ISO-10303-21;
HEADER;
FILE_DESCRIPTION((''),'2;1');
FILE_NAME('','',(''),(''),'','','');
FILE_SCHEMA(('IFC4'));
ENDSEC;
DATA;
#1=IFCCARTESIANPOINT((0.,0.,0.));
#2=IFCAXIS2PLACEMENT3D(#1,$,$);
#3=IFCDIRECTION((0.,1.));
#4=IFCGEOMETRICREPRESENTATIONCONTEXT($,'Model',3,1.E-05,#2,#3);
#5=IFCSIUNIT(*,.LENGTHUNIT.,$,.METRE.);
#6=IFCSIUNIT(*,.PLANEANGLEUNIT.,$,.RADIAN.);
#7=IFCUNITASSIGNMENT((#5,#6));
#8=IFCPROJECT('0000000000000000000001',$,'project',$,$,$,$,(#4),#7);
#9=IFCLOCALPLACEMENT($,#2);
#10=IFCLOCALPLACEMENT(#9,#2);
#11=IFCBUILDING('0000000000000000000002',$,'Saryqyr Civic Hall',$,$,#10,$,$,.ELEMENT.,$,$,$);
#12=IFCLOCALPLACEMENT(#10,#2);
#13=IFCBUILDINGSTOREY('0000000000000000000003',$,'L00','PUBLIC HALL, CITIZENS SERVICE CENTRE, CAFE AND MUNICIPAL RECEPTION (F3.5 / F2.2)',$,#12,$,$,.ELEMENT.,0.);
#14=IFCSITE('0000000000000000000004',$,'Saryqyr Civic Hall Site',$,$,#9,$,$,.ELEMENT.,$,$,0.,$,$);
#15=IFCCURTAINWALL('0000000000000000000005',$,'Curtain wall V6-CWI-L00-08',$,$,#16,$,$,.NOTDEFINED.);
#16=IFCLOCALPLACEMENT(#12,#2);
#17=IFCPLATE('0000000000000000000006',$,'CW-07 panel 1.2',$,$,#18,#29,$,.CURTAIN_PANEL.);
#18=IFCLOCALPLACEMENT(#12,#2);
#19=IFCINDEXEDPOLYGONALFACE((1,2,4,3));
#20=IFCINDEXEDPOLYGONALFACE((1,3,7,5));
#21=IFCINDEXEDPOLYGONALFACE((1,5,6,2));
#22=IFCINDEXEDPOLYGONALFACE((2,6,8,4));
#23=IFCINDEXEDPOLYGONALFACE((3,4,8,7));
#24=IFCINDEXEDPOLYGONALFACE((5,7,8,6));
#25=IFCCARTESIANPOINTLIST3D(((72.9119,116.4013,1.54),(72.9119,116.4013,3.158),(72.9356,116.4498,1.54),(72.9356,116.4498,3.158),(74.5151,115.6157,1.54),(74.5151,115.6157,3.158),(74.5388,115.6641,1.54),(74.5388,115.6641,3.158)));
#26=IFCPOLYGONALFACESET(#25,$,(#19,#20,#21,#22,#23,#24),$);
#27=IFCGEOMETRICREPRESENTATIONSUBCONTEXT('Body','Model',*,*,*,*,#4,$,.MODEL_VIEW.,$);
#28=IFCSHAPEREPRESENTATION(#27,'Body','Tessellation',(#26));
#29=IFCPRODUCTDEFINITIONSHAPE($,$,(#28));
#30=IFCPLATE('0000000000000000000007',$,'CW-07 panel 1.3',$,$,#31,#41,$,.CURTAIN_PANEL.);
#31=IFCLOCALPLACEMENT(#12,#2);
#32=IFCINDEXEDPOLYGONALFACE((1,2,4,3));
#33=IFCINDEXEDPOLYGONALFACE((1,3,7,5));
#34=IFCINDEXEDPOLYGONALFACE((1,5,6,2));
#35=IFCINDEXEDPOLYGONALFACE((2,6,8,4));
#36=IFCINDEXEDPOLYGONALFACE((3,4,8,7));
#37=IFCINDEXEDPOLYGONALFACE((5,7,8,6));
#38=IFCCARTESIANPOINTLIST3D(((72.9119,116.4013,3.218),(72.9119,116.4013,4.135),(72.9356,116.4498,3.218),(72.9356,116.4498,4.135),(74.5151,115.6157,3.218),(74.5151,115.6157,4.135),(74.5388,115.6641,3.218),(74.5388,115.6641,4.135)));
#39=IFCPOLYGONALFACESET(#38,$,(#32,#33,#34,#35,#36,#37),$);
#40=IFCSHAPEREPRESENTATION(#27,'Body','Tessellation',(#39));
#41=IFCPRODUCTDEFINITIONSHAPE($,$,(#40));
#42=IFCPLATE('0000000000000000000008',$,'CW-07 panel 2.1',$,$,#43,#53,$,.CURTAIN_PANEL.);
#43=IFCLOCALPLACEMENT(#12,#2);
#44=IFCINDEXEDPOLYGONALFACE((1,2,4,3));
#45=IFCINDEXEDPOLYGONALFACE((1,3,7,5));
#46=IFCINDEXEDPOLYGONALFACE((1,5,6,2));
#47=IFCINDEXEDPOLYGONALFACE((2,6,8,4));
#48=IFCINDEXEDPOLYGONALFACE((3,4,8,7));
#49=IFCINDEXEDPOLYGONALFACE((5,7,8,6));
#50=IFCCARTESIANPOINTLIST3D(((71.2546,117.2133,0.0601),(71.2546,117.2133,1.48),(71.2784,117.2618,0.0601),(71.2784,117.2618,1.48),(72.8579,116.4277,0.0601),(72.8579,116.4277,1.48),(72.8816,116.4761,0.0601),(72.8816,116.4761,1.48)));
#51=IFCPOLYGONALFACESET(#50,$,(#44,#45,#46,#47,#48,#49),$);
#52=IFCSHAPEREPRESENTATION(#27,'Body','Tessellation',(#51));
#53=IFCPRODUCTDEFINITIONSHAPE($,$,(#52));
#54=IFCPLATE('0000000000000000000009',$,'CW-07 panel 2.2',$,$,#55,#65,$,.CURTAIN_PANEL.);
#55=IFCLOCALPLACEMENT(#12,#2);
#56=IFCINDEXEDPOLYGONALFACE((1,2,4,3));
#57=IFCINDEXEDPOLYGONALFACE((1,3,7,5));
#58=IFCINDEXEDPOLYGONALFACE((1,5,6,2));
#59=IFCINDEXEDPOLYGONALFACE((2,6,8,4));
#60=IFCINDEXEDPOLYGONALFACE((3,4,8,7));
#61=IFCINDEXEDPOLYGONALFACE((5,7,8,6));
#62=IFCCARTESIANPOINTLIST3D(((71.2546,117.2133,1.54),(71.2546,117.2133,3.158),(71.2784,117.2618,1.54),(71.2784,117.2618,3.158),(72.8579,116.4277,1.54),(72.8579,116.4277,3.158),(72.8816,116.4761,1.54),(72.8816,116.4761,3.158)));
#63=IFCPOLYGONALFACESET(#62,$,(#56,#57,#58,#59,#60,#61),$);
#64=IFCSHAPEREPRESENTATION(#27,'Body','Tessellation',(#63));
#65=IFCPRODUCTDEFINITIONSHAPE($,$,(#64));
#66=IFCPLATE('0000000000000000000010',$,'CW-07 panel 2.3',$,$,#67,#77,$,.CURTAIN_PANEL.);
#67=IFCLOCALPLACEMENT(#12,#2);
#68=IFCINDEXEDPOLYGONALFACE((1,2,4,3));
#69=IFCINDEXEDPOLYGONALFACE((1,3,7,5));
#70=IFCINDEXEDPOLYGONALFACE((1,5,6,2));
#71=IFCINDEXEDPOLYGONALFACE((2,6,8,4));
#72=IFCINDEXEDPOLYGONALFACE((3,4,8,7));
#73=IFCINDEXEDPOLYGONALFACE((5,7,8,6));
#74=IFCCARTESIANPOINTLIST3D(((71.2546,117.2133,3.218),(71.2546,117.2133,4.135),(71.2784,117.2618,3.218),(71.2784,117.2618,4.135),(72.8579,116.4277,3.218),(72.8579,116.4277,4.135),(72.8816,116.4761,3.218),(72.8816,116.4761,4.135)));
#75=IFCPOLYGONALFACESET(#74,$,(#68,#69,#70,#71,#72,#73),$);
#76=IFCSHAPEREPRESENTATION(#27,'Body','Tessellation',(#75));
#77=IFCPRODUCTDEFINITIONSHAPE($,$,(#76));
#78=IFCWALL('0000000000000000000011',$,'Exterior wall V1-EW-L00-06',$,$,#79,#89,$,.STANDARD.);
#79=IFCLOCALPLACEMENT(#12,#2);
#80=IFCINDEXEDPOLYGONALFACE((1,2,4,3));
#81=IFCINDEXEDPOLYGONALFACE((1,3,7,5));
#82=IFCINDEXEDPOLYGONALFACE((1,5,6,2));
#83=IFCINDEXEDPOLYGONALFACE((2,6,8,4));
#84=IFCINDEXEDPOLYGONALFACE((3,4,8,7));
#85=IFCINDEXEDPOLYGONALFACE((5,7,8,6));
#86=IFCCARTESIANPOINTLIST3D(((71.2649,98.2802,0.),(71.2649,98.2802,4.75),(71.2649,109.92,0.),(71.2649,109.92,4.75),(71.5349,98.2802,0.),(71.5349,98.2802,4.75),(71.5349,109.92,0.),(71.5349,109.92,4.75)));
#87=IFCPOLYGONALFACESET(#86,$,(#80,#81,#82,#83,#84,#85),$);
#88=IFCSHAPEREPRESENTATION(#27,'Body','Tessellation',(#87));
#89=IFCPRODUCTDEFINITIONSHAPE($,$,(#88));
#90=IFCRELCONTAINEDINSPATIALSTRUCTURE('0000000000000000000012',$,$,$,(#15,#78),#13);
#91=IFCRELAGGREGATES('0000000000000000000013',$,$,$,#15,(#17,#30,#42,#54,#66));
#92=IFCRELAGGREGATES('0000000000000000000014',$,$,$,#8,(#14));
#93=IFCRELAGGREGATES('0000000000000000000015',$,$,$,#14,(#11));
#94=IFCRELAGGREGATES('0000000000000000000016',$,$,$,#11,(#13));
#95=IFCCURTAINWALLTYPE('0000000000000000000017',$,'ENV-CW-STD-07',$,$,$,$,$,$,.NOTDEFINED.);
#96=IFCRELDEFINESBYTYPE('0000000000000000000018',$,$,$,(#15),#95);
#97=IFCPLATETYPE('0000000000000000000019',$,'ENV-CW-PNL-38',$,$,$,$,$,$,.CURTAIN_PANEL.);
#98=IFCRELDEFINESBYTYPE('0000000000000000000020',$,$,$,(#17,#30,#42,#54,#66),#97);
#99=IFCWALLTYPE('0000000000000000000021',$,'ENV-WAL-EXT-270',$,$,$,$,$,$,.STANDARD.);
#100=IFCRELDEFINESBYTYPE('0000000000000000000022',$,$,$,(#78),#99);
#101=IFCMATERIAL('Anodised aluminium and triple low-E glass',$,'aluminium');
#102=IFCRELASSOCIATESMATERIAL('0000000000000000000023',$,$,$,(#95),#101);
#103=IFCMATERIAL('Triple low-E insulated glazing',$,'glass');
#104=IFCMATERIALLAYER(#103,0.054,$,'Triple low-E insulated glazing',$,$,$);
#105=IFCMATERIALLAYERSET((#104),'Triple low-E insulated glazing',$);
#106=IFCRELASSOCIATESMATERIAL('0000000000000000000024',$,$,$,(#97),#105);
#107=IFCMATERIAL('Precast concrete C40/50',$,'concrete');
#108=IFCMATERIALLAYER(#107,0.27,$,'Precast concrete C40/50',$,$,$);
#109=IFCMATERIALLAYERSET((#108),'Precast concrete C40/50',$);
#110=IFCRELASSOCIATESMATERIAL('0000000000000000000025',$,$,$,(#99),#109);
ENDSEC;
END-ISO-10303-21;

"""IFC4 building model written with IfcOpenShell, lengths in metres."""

from ifc_helpers import new_model, si_unit, direction, frame, frame_2d, origin, origin_2d, place, context, subcontext, project, spatial, rectangle, extrude, material, layer, layer_set, type_object, element, aggregate, save


model = new_model("IFC4")

# Units and contexts
model_context = context("Model", 3, precision=1e-05, world=origin(), true_north=direction((0.0, 1.0)))
body_context = subcontext(model_context, "Body", "Model", "MODEL_VIEW")
ifc_project = project(units=[si_unit("LENGTHUNIT", "METRE"), si_unit("PLANEANGLEUNIT", "RADIAN")], contexts=[model_context])

# Site, building, storey
site_placement = place(None, origin())
site = spatial("IfcSite", under=ifc_project, at=site_placement, Name="Saryqyr Civic Hall Site", CompositionType="ELEMENT", RefElevation=0.0)
building_placement = place(site_placement, origin())
building = spatial("IfcBuilding", under=site, at=building_placement, Name="Saryqyr Civic Hall", CompositionType="ELEMENT")
storey_placement = place(building_placement, origin())
storey = spatial("IfcBuildingStorey", under=building, at=storey_placement, Name="L00", Description="PUBLIC HALL, CITIZENS SERVICE CENTRE, CAFE AND MUNICIPAL RECEPTION (F3.5 / F2.2)", CompositionType="ELEMENT", Elevation=0.0)

# Curtain wall
ifc_material_1 = material(Name="Anodised aluminium and triple low-E glass", Category="aluminium")
curtain_wall_type = type_object("IfcCurtainWallType", Name="ENV-CW-STD-07", PredefinedType="NOTDEFINED", material=ifc_material_1)
curtain_wall_placement = place(storey_placement, origin())
curtain_wall = element("IfcCurtainWall", 1, at=curtain_wall_placement, inside=storey, type_object=curtain_wall_type, Name="Curtain wall V6-CWI-L00-08", PredefinedType="NOTDEFINED")

# Plates
ifc_material_2 = material(Name="Triple low-E insulated glazing", Category="glass")
ifc_layer_1 = layer(ifc_material_2, 0.054, Name="Triple low-E insulated glazing")
ifc_layer_set_1 = layer_set([ifc_layer_1], Name="Triple low-E insulated glazing")
plate_type = type_object("IfcPlateType", Name="ENV-CW-PNL-38", PredefinedType="CURTAIN_PANEL", material=ifc_layer_set_1)
plate_1_placement = place(storey_placement, frame((73.7253, 116.0327, 1.54), z_axis=(0.0, 0.0, 1.0), x_axis=(-0.897971, 0.440054, 0.0)))
plate_1 = element("IfcPlate", 2, at=plate_1_placement, type_object=plate_type, Name="CW-07 panel 1.2", PredefinedType="CURTAIN_PANEL", context=body_context, shape_type="SweptSolid", body=[
    extrude(rectangle(XDim=1.7854, YDim=0.054, at=origin_2d()), origin(), (0.0, 0.0, 1.0), 1.6179),
])
plate_2_placement = place(storey_placement, frame((73.7253, 116.0327, 3.218), z_axis=(0.0, 0.0, 1.0), x_axis=(-0.897971, 0.440054, 0.0)))
plate_2 = element("IfcPlate", 3, at=plate_2_placement, type_object=plate_type, Name="CW-07 panel 1.3", PredefinedType="CURTAIN_PANEL", context=body_context, shape_type="SweptSolid", body=[
    extrude(rectangle(XDim=1.7854, YDim=0.054, at=origin_2d()), origin(), (0.0, 0.0, 1.0), 0.917),
])
plate_3_placement = place(storey_placement, frame((72.0681, 116.8447, 0.0601), z_axis=(0.0, 0.0, 1.0), x_axis=(-0.897971, 0.440054, 0.0)))
plate_3 = element("IfcPlate", 4, at=plate_3_placement, type_object=plate_type, Name="CW-07 panel 2.1", PredefinedType="CURTAIN_PANEL", context=body_context, shape_type="SweptSolid", body=[
    extrude(rectangle(XDim=1.7854, YDim=0.054, at=origin_2d()), origin(), (0.0, 0.0, 1.0), 1.4199),
])
plate_4_placement = place(storey_placement, frame((72.0681, 116.8447, 1.54), z_axis=(0.0, 0.0, 1.0), x_axis=(-0.897971, 0.440054, 0.0)))
plate_4 = element("IfcPlate", 5, at=plate_4_placement, type_object=plate_type, Name="CW-07 panel 2.2", PredefinedType="CURTAIN_PANEL", context=body_context, shape_type="SweptSolid", body=[
    extrude(rectangle(XDim=1.7854, YDim=0.054, at=origin_2d()), origin(), (0.0, 0.0, 1.0), 1.6179),
])
plate_5_placement = place(storey_placement, frame((72.0681, 116.8447, 3.218), z_axis=(0.0, 0.0, 1.0), x_axis=(-0.897971, 0.440054, 0.0)))
plate_5 = element("IfcPlate", 6, at=plate_5_placement, type_object=plate_type, Name="CW-07 panel 2.3", PredefinedType="CURTAIN_PANEL", context=body_context, shape_type="SweptSolid", body=[
    extrude(rectangle(XDim=1.7854, YDim=0.054, at=origin_2d()), origin(), (0.0, 0.0, 1.0), 0.917),
])
aggregate(curtain_wall, [plate_1, plate_2, plate_3, plate_4, plate_5])

# Wall
ifc_material_3 = material(Name="Precast concrete C40/50", Category="concrete")
ifc_layer_2 = layer(ifc_material_3, 0.27, Name="Precast concrete C40/50")
ifc_layer_set_2 = layer_set([ifc_layer_2], Name="Precast concrete C40/50")
wall_type = type_object("IfcWallType", Name="ENV-WAL-EXT-270", PredefinedType="STANDARD", material=ifc_layer_set_2)
wall_placement = place(storey_placement, frame((71.3999, 109.9199, 0.0), z_axis=(0.0, 0.0, 1.0), x_axis=(0.0, -1.0, 0.0)))
element("IfcWall", 7, at=wall_placement, inside=storey, type_object=wall_type, Name="Exterior wall V1-EW-L00-06", PredefinedType="STANDARD", context=body_context, shape_type="SweptSolid", body=[
    extrude(rectangle(XDim=11.6399, YDim=0.27, at=frame_2d((5.8198, 0.0))), origin(), (0.0, 0.0, 1.0), 4.75),
])

save(model, "model.ifc")
